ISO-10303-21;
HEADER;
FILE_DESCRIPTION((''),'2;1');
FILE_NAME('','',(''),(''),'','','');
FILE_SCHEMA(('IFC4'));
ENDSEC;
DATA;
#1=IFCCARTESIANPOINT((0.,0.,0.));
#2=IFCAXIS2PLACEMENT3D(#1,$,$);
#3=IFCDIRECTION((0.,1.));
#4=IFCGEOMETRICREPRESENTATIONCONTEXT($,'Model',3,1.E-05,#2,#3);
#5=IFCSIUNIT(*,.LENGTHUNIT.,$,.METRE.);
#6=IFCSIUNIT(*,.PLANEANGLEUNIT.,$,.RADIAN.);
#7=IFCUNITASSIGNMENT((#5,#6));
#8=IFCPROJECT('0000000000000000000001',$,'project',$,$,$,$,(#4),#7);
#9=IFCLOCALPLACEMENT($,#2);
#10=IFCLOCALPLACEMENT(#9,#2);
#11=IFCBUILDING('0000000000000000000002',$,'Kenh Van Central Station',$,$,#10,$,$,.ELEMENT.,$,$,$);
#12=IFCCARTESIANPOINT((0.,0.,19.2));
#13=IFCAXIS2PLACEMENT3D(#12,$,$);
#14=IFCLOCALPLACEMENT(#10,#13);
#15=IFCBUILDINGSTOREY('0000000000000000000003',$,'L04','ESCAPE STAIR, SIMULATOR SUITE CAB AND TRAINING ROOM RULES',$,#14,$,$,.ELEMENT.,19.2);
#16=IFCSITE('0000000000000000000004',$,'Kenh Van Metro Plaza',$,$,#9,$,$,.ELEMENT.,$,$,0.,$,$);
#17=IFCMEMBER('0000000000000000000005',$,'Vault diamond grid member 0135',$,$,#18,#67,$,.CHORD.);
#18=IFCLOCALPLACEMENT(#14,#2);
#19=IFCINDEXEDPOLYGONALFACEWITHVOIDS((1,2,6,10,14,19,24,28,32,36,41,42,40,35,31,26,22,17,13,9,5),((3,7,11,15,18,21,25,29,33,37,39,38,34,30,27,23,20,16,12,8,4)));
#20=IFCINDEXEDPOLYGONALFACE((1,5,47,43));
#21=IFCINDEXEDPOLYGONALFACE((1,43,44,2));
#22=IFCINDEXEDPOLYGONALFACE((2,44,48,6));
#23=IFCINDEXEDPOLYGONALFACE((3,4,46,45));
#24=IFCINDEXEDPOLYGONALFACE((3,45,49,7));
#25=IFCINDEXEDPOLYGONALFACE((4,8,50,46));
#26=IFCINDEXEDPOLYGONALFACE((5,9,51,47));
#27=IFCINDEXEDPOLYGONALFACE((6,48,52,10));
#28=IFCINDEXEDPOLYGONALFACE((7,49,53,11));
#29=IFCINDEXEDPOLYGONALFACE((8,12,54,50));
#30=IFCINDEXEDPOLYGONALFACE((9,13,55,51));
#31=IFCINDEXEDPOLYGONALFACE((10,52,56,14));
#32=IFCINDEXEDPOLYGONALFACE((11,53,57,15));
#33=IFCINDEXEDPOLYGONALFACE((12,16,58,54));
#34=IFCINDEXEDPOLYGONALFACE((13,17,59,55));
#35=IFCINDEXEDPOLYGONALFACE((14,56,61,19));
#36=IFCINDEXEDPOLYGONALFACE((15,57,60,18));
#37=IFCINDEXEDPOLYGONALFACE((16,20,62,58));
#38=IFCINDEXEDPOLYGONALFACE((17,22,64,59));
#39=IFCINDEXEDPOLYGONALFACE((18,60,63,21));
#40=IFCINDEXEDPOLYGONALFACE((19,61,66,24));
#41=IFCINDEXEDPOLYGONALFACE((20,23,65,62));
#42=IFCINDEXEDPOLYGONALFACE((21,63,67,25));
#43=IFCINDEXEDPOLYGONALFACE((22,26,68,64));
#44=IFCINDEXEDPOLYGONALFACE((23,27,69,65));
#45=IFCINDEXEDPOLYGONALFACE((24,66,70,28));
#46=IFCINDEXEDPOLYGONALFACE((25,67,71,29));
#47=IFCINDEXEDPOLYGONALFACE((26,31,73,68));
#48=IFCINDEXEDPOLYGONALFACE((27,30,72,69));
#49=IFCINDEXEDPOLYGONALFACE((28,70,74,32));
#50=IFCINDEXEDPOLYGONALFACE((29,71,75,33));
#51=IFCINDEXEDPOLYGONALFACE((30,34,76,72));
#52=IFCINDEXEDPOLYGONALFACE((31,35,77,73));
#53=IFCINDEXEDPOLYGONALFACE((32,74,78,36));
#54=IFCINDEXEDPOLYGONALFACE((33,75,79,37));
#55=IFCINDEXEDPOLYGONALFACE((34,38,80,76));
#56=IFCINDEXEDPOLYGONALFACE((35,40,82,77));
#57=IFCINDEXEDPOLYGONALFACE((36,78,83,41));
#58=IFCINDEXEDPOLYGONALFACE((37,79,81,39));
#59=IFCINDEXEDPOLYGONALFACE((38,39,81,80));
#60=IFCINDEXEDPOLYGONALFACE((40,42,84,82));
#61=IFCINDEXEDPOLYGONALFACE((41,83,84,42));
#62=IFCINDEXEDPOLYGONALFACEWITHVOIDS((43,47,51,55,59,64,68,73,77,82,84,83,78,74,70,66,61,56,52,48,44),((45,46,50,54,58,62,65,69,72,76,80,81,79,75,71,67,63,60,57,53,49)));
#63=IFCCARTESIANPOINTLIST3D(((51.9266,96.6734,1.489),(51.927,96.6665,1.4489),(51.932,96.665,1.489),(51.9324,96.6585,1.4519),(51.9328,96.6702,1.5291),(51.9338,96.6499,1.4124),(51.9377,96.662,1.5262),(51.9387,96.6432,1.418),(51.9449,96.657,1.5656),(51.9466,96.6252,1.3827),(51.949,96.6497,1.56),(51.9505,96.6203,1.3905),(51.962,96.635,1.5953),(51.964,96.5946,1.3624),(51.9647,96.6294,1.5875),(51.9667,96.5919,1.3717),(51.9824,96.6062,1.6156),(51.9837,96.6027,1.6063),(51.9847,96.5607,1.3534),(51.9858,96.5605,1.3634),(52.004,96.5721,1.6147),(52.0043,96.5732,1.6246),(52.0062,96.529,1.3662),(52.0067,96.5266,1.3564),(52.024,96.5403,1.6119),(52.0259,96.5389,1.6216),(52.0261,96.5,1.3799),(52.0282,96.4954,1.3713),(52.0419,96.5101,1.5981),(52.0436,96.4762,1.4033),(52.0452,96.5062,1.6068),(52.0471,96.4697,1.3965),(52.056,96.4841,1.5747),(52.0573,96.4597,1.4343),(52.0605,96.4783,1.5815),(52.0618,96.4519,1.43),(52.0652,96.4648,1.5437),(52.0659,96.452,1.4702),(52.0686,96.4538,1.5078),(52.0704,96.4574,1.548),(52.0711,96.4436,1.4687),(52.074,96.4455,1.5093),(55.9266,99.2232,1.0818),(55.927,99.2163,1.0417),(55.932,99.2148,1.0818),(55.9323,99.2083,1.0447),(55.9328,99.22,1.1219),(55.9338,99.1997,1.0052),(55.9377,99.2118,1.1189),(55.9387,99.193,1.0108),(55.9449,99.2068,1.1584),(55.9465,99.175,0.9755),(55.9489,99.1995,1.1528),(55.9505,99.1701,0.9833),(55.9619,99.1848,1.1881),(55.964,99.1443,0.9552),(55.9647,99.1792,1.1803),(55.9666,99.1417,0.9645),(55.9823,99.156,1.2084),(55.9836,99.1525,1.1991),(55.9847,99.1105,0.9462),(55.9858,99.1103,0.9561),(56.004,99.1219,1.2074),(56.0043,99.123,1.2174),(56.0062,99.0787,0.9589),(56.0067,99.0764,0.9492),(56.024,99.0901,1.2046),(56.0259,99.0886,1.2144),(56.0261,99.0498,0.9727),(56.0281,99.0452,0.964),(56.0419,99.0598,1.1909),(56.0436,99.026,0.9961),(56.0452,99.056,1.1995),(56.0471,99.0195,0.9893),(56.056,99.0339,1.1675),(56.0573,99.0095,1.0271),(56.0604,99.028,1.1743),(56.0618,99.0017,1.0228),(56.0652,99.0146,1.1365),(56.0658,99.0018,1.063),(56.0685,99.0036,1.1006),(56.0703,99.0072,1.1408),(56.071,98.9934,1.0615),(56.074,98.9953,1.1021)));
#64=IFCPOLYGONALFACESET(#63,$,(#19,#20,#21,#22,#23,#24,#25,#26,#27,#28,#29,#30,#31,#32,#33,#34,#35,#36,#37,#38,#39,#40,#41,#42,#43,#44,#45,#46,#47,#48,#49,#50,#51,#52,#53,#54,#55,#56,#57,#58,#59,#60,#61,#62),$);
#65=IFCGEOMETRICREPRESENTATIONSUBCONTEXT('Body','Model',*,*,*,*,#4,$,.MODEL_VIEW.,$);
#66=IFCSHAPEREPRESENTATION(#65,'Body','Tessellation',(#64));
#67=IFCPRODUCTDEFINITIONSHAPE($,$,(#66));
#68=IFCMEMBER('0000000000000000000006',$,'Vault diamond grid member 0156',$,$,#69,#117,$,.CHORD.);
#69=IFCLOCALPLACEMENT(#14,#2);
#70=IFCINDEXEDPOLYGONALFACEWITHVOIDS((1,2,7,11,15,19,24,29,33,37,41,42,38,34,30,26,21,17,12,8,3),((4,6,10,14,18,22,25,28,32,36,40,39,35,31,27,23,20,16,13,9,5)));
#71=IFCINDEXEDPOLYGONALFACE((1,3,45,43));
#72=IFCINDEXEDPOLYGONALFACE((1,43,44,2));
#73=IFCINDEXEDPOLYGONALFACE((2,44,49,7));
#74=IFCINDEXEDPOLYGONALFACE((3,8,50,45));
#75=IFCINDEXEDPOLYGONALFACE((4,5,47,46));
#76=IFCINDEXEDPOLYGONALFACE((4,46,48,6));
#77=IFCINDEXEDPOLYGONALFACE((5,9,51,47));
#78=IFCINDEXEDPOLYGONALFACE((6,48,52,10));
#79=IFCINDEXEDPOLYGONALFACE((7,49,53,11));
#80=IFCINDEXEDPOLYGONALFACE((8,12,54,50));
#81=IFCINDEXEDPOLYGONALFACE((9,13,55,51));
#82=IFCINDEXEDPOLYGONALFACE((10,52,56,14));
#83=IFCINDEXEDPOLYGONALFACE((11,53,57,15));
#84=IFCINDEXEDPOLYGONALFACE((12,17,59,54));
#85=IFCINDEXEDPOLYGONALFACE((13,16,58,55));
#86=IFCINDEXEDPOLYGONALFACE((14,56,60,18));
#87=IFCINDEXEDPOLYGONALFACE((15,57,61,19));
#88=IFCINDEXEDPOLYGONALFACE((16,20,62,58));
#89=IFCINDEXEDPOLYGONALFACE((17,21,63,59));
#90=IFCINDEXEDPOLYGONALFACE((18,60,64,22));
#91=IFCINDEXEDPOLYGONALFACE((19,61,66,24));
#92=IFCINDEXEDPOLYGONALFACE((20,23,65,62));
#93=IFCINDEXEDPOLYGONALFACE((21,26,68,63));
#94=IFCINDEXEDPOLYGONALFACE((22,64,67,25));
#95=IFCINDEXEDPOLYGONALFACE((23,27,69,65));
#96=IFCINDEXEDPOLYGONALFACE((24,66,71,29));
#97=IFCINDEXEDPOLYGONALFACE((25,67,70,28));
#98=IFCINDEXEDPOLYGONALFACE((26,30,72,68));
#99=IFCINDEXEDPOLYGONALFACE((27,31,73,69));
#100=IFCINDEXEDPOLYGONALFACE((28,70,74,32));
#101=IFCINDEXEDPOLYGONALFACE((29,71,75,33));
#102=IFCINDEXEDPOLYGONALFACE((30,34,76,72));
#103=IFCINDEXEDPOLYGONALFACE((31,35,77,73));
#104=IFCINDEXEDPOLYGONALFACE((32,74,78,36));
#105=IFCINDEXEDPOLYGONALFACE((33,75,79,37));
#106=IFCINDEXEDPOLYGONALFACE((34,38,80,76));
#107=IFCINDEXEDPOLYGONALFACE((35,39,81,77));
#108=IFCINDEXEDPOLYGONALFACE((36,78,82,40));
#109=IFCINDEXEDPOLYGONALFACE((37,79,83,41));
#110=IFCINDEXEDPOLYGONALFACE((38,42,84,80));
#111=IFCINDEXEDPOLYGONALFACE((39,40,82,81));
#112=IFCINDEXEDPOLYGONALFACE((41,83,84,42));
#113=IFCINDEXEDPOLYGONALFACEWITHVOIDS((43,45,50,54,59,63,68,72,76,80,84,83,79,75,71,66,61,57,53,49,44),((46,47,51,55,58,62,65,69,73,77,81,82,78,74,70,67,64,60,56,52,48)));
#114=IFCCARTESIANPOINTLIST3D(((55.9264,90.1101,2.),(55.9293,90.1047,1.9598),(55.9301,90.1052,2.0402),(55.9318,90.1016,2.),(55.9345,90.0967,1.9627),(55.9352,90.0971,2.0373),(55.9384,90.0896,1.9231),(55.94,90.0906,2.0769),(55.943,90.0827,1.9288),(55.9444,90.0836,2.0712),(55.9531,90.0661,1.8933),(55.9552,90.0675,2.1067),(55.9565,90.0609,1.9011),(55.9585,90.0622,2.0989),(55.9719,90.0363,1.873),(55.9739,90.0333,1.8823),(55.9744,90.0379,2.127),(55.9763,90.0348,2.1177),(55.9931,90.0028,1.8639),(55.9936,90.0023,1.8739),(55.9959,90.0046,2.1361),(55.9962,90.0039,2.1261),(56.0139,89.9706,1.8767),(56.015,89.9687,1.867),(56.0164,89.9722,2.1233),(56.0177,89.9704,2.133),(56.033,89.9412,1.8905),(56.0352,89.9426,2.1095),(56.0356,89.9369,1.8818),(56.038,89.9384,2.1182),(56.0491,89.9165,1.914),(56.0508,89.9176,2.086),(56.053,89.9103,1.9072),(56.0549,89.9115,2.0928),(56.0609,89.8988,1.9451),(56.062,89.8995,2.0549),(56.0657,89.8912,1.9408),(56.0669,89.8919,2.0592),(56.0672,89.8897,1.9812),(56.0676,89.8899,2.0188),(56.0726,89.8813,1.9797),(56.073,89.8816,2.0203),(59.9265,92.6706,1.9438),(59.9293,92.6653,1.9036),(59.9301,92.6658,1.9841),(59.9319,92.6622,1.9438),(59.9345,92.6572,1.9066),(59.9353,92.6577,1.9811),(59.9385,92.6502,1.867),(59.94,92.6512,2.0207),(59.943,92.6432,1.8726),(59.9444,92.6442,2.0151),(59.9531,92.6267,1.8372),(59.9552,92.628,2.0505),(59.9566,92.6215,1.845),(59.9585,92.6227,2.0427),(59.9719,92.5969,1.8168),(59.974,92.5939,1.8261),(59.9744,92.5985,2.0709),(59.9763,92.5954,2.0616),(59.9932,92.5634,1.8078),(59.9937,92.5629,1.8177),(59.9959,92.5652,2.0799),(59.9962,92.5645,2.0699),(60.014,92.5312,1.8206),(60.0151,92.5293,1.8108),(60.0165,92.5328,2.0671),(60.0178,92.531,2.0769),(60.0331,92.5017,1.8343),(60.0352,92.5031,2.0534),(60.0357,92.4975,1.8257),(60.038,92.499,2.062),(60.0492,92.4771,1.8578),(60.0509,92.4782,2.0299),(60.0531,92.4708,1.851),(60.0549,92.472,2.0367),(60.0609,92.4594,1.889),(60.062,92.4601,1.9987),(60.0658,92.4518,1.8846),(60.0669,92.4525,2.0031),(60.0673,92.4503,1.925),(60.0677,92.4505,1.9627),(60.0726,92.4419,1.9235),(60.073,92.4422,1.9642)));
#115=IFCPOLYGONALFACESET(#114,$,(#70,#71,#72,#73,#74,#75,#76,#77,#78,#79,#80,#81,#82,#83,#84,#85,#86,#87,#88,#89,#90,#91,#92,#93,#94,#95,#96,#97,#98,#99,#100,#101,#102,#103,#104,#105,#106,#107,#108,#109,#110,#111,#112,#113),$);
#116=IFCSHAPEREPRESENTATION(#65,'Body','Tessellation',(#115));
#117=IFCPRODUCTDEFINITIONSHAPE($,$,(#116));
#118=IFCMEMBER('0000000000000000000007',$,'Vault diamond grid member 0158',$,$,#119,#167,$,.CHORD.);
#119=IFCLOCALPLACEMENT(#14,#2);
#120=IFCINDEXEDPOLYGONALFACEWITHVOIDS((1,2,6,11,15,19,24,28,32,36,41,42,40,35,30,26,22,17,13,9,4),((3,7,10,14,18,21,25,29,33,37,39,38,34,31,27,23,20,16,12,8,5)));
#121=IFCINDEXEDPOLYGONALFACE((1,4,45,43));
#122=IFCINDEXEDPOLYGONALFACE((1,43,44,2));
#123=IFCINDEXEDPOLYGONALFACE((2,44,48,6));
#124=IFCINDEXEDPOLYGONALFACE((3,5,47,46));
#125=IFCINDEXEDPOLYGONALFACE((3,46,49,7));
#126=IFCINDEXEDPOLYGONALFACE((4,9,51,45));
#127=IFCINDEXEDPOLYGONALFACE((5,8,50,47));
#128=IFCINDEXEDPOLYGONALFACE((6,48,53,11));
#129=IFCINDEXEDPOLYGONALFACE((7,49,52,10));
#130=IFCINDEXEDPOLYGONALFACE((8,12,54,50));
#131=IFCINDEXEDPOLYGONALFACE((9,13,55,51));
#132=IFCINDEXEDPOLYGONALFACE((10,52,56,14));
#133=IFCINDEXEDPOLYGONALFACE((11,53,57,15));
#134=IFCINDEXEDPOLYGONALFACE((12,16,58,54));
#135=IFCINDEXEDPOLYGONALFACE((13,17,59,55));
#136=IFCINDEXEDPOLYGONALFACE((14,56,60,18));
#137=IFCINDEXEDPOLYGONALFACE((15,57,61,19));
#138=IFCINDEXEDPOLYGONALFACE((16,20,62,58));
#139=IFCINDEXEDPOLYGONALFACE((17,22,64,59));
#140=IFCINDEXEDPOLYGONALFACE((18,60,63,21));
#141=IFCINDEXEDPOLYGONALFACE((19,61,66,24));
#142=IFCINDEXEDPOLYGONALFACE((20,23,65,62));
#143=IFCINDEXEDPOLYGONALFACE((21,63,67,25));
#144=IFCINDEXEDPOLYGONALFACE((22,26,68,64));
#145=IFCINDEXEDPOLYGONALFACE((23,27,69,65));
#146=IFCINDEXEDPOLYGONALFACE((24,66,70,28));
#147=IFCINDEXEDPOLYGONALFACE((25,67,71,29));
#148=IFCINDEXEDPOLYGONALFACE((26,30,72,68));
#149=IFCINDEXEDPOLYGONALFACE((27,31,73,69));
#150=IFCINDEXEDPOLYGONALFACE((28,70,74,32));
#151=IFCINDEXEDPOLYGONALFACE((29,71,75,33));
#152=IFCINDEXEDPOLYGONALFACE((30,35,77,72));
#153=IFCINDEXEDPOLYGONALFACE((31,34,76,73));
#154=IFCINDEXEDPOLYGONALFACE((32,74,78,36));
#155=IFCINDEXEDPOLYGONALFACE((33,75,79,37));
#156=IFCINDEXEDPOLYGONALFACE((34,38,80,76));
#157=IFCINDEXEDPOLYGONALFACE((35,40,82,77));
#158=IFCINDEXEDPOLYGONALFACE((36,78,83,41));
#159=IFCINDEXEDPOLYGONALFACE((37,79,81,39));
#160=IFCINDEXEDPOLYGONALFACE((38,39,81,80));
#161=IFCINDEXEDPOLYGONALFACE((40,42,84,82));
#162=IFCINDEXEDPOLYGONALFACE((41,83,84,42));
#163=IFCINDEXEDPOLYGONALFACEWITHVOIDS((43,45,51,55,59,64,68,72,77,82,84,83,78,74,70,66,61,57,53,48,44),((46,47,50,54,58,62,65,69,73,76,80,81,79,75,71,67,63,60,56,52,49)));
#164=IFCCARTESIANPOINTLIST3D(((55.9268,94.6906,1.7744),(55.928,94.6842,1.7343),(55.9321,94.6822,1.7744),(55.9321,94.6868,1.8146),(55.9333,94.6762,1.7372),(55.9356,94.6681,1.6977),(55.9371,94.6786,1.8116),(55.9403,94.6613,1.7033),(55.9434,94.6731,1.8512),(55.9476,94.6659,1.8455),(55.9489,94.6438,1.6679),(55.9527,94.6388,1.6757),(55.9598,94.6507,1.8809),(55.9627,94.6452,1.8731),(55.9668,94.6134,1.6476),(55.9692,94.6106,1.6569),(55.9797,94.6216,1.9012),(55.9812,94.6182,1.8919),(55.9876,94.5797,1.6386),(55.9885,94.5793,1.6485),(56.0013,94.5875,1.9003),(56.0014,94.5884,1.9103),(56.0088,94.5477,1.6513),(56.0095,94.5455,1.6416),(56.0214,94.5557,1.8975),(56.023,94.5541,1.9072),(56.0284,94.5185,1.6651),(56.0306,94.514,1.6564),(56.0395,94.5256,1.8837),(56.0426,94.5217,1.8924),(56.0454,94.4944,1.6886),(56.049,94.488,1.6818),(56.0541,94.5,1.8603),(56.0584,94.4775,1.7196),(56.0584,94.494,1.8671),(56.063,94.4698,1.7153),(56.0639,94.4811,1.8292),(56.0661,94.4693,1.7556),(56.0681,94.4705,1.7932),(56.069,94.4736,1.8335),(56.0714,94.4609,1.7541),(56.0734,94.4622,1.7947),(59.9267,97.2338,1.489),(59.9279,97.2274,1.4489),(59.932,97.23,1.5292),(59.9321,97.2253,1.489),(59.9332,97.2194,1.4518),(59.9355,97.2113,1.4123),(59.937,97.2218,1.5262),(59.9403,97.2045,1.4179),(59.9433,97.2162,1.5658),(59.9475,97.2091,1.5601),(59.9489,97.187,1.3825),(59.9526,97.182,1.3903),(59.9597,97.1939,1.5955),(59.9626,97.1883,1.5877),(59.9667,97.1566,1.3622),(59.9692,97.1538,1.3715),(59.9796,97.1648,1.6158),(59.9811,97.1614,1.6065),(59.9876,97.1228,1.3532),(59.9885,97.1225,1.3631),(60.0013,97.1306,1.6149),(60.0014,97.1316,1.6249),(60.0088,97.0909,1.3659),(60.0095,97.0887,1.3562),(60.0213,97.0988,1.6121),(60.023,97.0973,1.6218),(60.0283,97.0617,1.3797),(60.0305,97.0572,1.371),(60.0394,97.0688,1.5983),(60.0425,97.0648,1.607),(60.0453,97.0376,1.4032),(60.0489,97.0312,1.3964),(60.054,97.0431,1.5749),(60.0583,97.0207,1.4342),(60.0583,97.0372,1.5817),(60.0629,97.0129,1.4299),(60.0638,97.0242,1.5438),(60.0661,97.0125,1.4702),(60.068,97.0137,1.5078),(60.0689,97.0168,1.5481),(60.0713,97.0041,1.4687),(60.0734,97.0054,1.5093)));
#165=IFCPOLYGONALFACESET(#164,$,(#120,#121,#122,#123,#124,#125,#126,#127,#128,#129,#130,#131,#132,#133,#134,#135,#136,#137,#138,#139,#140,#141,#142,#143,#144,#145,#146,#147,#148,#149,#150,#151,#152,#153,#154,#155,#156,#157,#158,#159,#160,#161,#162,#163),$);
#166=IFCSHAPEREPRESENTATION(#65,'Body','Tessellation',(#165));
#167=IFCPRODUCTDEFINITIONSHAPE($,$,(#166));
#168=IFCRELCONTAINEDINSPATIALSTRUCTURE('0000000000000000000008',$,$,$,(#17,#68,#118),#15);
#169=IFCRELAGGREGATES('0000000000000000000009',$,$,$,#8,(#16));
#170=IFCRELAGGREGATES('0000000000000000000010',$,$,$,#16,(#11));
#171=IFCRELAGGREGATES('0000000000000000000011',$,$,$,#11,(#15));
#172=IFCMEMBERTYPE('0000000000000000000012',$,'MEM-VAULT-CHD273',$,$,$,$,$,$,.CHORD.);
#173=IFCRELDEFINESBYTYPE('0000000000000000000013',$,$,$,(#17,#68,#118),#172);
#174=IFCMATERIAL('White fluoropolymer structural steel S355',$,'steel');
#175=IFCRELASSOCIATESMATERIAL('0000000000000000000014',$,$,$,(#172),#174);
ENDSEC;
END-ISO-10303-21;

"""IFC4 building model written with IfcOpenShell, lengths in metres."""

from ifc_helpers import new_model, si_unit, direction, frame, origin, origin_2d, place, context, subcontext, project, spatial, hollow_circle, extrude, material, material_profile, profile_set, type_object, element, save


model = new_model("IFC4")

# Units and contexts
model_context = context("Model", 3, precision=1e-05, world=origin(), true_north=direction((0.0, 1.0)))
body_context = subcontext(model_context, "Body", "Model", "MODEL_VIEW")
ifc_project = project(units=[si_unit("LENGTHUNIT", "METRE"), si_unit("PLANEANGLEUNIT", "RADIAN")], contexts=[model_context])

# Site, building, storey
site_placement = place(None, origin())
site = spatial("IfcSite", under=ifc_project, at=site_placement, Name="Kenh Van Metro Plaza", CompositionType="ELEMENT", RefElevation=0.0)
building_placement = place(site_placement, origin())
building = spatial("IfcBuilding", under=site, at=building_placement, Name="Kenh Van Central Station", CompositionType="ELEMENT")
storey_placement = place(building_placement, frame((0.0, 0.0, 19.2)))
storey = spatial("IfcBuildingStorey", under=building, at=storey_placement, Name="L04", Description="ESCAPE STAIR, SIMULATOR SUITE CAB AND TRAINING ROOM RULES", CompositionType="ELEMENT", Elevation=19.2)

# Shared definitions
ifc_material_1 = material(Name="White fluoropolymer structural steel S355", Category="steel")

# Members
ifc_material_profile_1 = material_profile(ifc_material_1, hollow_circle(Radius=0.1365, WallThickness=0.01, at=origin_2d()), Name="CHS 273x10")
ifc_profile_set_1 = profile_set([ifc_material_profile_1], Name="White fluoropolymer structural steel S355")
member_type_1 = type_object("IfcMemberType", Name="MEM-VAULT-CHD273", PredefinedType="CHORD", material=ifc_profile_set_1)
member_1_placement = place(storey_placement, frame((52.0, 96.5583, 1.489), z_axis=(0.840156, 0.535558, -0.085533), x_axis=(-0.537528, 0.843246, 0.0)))
element("IfcMember", 1, at=member_1_placement, inside=storey, type_object=member_type_1, Name="Vault diamond grid member 0135", PredefinedType="CHORD", context=body_context, shape_type="SweptSolid", body=[
    extrude(hollow_circle(Radius=0.1365, WallThickness=0.01, at=origin_2d()), origin(), (0.0, 0.0, 1.0), 4.761),
])
member_2_placement = place(storey_placement, frame((56.0, 89.9951, 2.0), z_axis=(0.84216, 0.539098, -0.011822), x_axis=(-0.539135, 0.842219, 0.0)))
element("IfcMember", 2, at=member_2_placement, inside=storey, type_object=member_type_1, Name="Vault diamond grid member 0156", PredefinedType="CHORD", context=body_context, shape_type="SweptSolid", body=[
    extrude(hollow_circle(Radius=0.1365, WallThickness=0.01, at=origin_2d()), origin(), (0.0, 0.0, 1.0), 4.7498),
])
member_3_placement = place(storey_placement, frame((56.0, 94.5754, 1.7744), z_axis=(0.84235, 0.535569, -0.060102), x_axis=(-0.536539, 0.843876, 0.0)))
element("IfcMember", 3, at=member_3_placement, inside=storey, type_object=member_type_1, Name="Vault diamond grid member 0158", PredefinedType="CHORD", context=body_context, shape_type="SweptSolid", body=[
    extrude(hollow_circle(Radius=0.1365, WallThickness=0.01, at=origin_2d()), origin(), (0.0, 0.0, 1.0), 4.7485),
])

save(model, "model.ifc")
